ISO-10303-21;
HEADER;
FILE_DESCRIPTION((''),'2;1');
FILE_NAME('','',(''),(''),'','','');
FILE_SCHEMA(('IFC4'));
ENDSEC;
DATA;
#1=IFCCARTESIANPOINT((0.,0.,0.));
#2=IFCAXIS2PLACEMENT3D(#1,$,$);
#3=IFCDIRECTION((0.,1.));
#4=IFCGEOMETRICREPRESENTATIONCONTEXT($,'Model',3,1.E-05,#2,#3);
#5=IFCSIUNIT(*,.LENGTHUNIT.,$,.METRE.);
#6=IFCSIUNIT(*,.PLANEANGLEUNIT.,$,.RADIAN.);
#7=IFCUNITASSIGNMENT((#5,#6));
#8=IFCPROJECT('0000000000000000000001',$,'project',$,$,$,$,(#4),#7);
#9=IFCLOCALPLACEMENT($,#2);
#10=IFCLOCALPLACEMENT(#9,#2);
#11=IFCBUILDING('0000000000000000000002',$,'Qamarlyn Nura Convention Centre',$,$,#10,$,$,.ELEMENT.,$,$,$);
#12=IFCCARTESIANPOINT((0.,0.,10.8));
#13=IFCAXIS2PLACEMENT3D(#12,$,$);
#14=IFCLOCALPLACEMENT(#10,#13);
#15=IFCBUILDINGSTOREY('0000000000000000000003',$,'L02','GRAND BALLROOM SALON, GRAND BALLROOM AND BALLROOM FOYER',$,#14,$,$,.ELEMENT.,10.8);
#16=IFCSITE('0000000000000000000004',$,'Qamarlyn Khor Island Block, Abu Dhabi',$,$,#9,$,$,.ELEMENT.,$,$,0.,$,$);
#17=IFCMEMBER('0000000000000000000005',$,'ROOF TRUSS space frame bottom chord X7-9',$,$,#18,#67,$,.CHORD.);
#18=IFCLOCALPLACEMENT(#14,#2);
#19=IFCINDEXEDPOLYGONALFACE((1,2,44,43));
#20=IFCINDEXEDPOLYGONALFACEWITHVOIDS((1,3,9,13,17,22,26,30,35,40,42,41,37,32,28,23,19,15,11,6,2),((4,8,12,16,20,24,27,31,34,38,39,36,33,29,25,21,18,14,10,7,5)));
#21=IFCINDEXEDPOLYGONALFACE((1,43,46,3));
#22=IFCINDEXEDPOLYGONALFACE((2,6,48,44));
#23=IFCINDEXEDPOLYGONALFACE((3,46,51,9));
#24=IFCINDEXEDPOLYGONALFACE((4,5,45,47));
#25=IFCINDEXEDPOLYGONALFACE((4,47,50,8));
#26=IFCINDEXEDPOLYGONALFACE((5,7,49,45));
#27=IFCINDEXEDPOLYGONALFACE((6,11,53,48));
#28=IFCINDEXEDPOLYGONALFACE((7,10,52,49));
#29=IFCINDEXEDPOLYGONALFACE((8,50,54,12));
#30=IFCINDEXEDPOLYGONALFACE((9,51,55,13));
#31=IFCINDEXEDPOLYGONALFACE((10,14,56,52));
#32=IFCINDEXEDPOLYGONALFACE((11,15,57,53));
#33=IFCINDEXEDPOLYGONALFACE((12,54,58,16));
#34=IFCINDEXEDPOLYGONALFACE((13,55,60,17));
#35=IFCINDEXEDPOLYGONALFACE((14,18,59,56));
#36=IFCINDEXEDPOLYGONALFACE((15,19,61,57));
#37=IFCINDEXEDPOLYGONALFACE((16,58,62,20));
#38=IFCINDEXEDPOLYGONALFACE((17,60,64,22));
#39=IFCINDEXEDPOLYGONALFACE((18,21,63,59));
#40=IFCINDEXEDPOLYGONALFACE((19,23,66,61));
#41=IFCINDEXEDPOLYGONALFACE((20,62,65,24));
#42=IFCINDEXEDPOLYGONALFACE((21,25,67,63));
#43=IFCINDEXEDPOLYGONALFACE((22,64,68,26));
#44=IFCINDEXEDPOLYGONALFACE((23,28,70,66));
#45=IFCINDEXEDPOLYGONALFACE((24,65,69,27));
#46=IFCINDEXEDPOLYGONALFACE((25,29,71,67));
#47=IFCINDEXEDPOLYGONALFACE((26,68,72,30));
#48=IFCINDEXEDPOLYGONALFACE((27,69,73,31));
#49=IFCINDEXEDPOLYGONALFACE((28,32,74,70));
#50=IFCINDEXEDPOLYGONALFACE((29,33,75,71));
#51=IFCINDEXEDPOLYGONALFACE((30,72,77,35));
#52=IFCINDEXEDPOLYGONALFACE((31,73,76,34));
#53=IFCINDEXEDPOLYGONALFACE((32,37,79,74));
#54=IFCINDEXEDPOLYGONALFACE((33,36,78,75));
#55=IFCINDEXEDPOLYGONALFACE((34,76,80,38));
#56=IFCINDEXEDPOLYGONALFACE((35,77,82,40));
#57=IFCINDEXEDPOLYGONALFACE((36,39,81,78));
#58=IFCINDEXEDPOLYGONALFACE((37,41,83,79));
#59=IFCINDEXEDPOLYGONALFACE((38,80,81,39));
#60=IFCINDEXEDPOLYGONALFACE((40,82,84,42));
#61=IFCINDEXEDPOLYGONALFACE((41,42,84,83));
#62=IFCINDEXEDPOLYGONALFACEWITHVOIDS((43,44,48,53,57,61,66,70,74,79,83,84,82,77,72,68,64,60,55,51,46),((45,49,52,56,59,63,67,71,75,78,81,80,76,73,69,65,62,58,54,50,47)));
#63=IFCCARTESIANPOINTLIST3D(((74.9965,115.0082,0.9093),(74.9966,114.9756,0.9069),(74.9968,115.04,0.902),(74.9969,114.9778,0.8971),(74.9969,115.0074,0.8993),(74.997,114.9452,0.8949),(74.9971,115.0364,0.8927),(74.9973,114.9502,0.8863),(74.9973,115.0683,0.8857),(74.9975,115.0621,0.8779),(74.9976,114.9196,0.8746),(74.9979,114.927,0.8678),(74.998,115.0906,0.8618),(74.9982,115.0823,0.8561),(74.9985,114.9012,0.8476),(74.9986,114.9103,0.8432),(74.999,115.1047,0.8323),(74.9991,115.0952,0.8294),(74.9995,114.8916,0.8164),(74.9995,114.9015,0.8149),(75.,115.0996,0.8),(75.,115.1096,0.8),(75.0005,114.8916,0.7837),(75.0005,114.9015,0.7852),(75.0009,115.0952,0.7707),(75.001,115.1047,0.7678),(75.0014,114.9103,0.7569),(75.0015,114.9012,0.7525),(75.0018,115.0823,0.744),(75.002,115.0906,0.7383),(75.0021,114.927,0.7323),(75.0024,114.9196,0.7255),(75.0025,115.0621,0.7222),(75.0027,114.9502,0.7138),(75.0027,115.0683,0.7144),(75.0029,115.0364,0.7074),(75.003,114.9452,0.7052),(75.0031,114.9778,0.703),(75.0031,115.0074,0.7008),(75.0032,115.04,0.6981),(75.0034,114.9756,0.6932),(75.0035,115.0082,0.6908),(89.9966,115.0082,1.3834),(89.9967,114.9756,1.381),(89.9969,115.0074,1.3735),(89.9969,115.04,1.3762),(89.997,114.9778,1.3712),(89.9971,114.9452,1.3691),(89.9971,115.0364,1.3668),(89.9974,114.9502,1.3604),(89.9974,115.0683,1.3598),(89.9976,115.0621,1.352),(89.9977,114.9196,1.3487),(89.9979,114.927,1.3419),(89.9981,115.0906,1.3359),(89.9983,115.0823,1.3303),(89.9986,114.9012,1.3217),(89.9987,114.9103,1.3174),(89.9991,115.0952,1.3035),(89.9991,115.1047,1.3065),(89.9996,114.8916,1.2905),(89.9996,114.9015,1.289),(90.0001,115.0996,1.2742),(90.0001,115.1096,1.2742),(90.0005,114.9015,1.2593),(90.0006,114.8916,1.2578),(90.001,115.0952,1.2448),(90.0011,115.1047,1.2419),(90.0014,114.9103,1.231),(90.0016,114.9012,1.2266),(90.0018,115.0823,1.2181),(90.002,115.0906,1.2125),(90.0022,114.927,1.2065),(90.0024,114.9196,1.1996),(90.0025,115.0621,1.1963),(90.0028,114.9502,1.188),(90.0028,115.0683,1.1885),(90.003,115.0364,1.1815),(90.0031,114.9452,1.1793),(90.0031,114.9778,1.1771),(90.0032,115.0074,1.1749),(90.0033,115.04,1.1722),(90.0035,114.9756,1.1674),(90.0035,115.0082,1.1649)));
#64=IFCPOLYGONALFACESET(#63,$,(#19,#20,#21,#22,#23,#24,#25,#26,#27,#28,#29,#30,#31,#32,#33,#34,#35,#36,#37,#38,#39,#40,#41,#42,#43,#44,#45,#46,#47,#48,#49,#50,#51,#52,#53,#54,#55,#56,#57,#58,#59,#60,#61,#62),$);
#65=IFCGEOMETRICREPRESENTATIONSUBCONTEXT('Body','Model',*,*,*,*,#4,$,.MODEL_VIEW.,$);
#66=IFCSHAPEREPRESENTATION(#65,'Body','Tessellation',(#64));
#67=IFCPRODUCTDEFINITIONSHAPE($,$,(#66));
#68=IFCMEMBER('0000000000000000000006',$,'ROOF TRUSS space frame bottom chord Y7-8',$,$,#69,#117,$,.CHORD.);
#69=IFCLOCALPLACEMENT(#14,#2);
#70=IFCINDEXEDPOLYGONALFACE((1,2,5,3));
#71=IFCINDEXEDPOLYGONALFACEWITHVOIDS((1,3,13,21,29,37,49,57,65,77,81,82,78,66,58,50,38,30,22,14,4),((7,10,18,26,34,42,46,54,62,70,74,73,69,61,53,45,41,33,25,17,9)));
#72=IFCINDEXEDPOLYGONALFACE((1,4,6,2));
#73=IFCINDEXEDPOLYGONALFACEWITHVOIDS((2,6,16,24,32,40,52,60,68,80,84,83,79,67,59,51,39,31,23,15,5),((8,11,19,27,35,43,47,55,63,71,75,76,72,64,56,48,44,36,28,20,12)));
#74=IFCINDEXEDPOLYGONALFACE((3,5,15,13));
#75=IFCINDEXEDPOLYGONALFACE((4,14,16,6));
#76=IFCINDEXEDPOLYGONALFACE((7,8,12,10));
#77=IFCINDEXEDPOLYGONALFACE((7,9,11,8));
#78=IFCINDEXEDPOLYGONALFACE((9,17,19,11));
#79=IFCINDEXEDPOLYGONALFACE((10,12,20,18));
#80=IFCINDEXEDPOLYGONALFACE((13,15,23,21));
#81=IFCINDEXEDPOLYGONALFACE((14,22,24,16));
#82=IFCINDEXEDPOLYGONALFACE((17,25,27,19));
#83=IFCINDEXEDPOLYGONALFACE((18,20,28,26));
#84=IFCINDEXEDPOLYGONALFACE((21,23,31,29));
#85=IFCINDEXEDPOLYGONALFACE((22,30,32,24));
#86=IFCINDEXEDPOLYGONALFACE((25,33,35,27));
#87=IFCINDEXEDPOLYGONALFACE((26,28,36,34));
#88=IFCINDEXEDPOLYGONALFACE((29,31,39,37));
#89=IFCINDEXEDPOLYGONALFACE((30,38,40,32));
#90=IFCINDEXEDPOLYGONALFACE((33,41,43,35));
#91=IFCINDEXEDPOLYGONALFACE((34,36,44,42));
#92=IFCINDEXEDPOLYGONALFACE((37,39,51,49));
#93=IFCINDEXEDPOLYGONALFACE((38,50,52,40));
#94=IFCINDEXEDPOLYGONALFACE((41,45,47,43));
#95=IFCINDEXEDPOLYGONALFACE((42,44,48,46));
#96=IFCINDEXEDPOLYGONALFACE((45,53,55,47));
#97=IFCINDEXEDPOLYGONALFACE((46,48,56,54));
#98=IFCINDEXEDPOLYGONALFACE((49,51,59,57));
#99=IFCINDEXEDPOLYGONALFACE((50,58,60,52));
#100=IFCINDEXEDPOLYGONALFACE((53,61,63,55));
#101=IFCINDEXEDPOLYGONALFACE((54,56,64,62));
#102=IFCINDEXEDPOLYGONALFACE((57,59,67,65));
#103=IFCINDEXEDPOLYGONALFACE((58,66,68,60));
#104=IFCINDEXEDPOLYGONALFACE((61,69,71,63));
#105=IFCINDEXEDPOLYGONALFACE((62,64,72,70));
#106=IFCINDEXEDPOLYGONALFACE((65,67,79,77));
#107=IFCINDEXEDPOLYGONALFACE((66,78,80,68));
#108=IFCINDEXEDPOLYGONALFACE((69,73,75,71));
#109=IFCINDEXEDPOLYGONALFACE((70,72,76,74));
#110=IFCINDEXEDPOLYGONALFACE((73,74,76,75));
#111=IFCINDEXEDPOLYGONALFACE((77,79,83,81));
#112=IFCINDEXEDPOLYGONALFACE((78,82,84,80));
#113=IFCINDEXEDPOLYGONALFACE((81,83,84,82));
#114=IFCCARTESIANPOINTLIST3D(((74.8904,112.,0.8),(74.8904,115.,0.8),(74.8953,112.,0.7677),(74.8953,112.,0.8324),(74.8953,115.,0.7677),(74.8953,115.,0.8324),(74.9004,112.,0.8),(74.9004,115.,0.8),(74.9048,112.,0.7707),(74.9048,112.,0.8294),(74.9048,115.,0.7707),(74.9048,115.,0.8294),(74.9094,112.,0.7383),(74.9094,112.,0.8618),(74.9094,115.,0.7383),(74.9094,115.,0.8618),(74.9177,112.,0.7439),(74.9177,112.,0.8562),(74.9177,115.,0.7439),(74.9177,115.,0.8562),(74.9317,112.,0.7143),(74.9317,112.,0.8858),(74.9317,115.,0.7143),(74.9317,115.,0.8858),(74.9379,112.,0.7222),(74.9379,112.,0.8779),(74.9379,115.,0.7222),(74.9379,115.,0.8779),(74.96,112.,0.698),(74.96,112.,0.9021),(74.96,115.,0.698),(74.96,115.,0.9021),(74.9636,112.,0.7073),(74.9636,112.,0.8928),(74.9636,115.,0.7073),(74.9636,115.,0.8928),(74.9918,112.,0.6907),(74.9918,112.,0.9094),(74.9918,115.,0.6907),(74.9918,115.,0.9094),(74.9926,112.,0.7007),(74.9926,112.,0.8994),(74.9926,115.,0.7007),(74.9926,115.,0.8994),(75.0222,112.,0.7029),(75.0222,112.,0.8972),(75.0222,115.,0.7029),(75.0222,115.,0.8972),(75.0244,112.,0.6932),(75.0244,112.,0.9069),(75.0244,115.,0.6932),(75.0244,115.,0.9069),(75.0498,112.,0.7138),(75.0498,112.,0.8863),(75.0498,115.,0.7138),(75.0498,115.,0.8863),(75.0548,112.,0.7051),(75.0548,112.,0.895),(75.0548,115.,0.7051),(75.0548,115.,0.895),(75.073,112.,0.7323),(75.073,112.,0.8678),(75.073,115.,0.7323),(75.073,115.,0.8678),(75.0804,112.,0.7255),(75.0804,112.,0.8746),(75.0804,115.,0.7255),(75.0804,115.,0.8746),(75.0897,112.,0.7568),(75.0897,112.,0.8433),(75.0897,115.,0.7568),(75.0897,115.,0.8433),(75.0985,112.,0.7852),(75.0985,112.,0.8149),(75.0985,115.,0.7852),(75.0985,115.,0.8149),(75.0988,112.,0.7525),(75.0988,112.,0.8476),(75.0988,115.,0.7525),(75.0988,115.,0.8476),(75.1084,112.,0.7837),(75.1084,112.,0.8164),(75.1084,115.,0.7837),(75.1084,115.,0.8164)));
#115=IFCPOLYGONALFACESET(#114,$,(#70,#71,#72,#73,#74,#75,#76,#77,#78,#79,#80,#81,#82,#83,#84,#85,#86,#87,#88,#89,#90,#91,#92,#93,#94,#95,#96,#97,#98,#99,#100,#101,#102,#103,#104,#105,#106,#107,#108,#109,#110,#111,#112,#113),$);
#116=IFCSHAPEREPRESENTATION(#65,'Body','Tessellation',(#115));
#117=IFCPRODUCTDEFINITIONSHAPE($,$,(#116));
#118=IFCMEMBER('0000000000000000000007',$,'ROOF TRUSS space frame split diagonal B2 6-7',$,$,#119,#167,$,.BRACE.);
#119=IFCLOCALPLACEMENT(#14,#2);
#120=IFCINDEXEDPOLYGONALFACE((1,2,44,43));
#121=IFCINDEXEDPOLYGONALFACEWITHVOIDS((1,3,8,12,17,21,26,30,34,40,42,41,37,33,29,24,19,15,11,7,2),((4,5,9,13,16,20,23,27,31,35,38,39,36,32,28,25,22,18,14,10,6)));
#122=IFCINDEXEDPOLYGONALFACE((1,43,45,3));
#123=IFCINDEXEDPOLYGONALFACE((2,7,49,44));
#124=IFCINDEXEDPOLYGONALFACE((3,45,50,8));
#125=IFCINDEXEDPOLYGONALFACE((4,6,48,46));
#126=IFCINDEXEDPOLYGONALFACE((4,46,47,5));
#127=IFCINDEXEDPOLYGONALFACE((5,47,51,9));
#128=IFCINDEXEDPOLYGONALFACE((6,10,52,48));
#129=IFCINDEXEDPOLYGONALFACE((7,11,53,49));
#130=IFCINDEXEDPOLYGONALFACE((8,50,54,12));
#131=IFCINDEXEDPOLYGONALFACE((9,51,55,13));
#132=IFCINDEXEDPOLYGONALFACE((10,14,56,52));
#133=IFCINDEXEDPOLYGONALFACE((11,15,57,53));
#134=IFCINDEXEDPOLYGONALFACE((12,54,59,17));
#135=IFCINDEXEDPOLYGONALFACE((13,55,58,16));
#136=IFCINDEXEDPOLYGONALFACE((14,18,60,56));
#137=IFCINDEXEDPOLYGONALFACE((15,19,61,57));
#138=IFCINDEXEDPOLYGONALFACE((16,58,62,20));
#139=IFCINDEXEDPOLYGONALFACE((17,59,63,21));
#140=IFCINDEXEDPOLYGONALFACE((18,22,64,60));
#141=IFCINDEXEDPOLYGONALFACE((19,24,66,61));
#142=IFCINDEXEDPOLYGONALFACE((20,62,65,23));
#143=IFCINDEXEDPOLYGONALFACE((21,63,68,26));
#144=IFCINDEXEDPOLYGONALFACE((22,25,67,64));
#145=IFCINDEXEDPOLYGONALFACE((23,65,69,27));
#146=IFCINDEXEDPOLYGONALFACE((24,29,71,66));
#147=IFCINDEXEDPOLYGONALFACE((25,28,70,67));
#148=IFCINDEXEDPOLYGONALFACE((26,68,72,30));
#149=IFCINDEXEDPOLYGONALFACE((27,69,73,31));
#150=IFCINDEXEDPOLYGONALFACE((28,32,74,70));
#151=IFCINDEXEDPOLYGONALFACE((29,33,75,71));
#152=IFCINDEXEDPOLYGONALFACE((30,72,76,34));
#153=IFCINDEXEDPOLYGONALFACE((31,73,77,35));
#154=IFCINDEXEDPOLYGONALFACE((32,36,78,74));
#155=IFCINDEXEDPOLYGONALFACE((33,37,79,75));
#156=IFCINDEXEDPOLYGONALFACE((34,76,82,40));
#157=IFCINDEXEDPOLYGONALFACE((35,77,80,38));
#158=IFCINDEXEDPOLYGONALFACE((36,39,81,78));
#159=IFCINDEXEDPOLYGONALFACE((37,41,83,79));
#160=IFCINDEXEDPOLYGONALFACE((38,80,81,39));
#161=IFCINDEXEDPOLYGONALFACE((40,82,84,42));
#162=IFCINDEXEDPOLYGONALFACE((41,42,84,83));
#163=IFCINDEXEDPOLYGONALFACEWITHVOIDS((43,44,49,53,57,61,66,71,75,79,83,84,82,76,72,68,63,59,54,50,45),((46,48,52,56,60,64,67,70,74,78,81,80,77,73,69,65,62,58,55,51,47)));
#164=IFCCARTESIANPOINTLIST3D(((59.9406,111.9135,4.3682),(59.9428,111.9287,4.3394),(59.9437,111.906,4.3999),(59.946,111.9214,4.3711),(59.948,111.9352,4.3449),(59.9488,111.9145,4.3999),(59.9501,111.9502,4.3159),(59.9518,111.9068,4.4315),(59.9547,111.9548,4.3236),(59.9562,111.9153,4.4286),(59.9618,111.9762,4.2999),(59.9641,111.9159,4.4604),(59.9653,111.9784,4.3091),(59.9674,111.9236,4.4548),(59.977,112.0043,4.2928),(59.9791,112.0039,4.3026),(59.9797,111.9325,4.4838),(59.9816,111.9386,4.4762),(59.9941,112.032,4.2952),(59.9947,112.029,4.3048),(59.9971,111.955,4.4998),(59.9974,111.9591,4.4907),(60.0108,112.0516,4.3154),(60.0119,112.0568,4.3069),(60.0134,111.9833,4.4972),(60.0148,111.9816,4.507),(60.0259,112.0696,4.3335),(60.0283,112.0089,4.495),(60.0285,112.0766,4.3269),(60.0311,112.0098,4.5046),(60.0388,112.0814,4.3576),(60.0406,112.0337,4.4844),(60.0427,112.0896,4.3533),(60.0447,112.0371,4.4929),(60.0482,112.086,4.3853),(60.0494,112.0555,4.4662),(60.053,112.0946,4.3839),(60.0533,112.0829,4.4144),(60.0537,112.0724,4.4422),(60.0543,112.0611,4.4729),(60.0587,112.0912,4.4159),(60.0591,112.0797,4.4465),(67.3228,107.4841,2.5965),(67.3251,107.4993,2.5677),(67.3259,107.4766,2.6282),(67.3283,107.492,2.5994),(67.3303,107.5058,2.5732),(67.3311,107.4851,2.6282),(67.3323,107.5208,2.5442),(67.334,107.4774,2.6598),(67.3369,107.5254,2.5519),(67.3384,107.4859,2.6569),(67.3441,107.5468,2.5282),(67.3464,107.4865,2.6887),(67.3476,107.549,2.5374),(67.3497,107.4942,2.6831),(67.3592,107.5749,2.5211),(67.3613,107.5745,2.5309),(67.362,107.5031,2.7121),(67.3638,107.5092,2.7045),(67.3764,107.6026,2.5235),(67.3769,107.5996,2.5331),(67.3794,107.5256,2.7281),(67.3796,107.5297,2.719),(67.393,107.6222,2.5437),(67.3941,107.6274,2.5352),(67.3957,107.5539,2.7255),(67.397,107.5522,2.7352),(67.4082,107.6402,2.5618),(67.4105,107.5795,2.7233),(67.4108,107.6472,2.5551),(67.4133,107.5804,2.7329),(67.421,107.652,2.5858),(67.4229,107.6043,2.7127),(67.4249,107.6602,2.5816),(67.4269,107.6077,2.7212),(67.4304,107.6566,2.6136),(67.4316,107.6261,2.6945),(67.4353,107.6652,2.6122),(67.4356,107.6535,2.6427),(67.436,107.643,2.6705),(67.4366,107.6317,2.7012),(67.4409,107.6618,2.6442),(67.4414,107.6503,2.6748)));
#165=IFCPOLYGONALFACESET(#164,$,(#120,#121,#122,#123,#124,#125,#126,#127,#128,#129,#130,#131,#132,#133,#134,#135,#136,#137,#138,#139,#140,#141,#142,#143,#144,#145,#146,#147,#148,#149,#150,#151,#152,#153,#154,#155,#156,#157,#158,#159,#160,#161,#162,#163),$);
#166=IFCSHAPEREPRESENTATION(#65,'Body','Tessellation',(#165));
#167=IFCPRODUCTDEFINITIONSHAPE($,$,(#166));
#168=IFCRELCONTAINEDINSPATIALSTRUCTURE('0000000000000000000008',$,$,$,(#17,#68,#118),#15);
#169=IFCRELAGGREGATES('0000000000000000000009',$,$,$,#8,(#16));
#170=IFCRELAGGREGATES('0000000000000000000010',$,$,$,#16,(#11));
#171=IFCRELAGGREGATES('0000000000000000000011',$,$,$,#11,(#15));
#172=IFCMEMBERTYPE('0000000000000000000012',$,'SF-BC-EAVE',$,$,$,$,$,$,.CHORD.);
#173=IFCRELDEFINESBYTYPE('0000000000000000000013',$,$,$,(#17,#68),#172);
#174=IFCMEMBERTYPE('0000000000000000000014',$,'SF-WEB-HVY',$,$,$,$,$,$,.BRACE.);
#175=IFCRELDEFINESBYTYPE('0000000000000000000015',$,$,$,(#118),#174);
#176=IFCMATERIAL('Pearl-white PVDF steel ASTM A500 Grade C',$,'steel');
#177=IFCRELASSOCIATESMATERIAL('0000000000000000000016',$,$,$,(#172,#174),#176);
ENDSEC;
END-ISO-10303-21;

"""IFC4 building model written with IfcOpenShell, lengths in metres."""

from ifc_helpers import new_model, si_unit, direction, frame, origin, origin_2d, place, context, subcontext, project, spatial, hollow_circle, extrude, material, material_profile, profile_set, type_object, element, save


model = new_model("IFC4")

# Units and contexts
model_context = context("Model", 3, precision=1e-05, world=origin(), true_north=direction((0.0, 1.0)))
body_context = subcontext(model_context, "Body", "Model", "MODEL_VIEW")
ifc_project = project(units=[si_unit("LENGTHUNIT", "METRE"), si_unit("PLANEANGLEUNIT", "RADIAN")], contexts=[model_context])

# Site, building, storey
site_placement = place(None, origin())
site = spatial("IfcSite", under=ifc_project, at=site_placement, Name="Qamarlyn Khor Island Block, Abu Dhabi", CompositionType="ELEMENT", RefElevation=0.0)
building_placement = place(site_placement, origin())
building = spatial("IfcBuilding", under=site, at=building_placement, Name="Qamarlyn Nura Convention Centre", CompositionType="ELEMENT")
storey_placement = place(building_placement, frame((0.0, 0.0, 10.8)))
storey = spatial("IfcBuildingStorey", under=building, at=storey_placement, Name="L02", Description="GRAND BALLROOM SALON, GRAND BALLROOM AND BALLROOM FOYER", CompositionType="ELEMENT", Elevation=10.8)

# Members
ifc_material_1 = material(Name="Pearl-white PVDF steel ASTM A500 Grade C", Category="steel")
ifc_material_profile_1 = material_profile(ifc_material_1, hollow_circle(Radius=0.1096, WallThickness=0.01, at=origin_2d()), Name="CHS219.1X10")
ifc_profile_set_1 = profile_set([ifc_material_profile_1], Name="Pearl-white PVDF steel ASTM A500 Grade C")
member_type_1 = type_object("IfcMemberType", Name="SF-BC-EAVE", PredefinedType="CHORD", material=ifc_profile_set_1)
member_1_placement = place(storey_placement, frame((75.0, 115.0, 0.8), z_axis=(0.999501, 0.0, 0.031592), x_axis=(0.0, 1.0, 0.0)))
element("IfcMember", 1, at=member_1_placement, inside=storey, type_object=member_type_1, Name="ROOF TRUSS space frame bottom chord X7-9", PredefinedType="CHORD", context=body_context, shape_type="SweptSolid", body=[
    extrude(hollow_circle(Radius=0.1096, WallThickness=0.01, at=origin_2d()), origin(), (0.0, 0.0, 1.0), 15.0076),
])
member_2_placement = place(storey_placement, frame((75.0, 112.0, 0.8), z_axis=(0.0, 1.0, 0.0), x_axis=(-1.0, 0.0, 0.0)))
element("IfcMember", 2, at=member_2_placement, inside=storey, type_object=member_type_1, Name="ROOF TRUSS space frame bottom chord Y7-8", PredefinedType="CHORD", context=body_context, shape_type="SweptSolid", body=[
    extrude(hollow_circle(Radius=0.1096, WallThickness=0.01, at=origin_2d()), origin(), (0.0, 0.0, 1.0), 3.0),
])
ifc_material_profile_2 = material_profile(ifc_material_1, hollow_circle(Radius=0.1096, WallThickness=0.01, at=origin_2d()), Name="CHS219.1X10")
ifc_profile_set_2 = profile_set([ifc_material_profile_2], Name="Pearl-white PVDF steel ASTM A500 Grade C")
member_type_2 = type_object("IfcMemberType", Name="SF-WEB-HVY", PredefinedType="BRACE", material=ifc_profile_set_2)
member_3_placement = place(storey_placement, frame((67.3823, 107.5706, 2.6282), z_axis=(-0.83989, 0.503939, 0.20157), x_axis=(-0.5145, -0.85749, 0.0)))
element("IfcMember", 3, at=member_3_placement, inside=storey, type_object=member_type_2, Name="ROOF TRUSS space frame split diagonal B2 6-7", PredefinedType="BRACE", context=body_context, shape_type="SweptSolid", body=[
    extrude(hollow_circle(Radius=0.1096, WallThickness=0.01, at=origin_2d()), origin(), (0.0, 0.0, 1.0), 8.7896),
])

save(model, "model.ifc")
